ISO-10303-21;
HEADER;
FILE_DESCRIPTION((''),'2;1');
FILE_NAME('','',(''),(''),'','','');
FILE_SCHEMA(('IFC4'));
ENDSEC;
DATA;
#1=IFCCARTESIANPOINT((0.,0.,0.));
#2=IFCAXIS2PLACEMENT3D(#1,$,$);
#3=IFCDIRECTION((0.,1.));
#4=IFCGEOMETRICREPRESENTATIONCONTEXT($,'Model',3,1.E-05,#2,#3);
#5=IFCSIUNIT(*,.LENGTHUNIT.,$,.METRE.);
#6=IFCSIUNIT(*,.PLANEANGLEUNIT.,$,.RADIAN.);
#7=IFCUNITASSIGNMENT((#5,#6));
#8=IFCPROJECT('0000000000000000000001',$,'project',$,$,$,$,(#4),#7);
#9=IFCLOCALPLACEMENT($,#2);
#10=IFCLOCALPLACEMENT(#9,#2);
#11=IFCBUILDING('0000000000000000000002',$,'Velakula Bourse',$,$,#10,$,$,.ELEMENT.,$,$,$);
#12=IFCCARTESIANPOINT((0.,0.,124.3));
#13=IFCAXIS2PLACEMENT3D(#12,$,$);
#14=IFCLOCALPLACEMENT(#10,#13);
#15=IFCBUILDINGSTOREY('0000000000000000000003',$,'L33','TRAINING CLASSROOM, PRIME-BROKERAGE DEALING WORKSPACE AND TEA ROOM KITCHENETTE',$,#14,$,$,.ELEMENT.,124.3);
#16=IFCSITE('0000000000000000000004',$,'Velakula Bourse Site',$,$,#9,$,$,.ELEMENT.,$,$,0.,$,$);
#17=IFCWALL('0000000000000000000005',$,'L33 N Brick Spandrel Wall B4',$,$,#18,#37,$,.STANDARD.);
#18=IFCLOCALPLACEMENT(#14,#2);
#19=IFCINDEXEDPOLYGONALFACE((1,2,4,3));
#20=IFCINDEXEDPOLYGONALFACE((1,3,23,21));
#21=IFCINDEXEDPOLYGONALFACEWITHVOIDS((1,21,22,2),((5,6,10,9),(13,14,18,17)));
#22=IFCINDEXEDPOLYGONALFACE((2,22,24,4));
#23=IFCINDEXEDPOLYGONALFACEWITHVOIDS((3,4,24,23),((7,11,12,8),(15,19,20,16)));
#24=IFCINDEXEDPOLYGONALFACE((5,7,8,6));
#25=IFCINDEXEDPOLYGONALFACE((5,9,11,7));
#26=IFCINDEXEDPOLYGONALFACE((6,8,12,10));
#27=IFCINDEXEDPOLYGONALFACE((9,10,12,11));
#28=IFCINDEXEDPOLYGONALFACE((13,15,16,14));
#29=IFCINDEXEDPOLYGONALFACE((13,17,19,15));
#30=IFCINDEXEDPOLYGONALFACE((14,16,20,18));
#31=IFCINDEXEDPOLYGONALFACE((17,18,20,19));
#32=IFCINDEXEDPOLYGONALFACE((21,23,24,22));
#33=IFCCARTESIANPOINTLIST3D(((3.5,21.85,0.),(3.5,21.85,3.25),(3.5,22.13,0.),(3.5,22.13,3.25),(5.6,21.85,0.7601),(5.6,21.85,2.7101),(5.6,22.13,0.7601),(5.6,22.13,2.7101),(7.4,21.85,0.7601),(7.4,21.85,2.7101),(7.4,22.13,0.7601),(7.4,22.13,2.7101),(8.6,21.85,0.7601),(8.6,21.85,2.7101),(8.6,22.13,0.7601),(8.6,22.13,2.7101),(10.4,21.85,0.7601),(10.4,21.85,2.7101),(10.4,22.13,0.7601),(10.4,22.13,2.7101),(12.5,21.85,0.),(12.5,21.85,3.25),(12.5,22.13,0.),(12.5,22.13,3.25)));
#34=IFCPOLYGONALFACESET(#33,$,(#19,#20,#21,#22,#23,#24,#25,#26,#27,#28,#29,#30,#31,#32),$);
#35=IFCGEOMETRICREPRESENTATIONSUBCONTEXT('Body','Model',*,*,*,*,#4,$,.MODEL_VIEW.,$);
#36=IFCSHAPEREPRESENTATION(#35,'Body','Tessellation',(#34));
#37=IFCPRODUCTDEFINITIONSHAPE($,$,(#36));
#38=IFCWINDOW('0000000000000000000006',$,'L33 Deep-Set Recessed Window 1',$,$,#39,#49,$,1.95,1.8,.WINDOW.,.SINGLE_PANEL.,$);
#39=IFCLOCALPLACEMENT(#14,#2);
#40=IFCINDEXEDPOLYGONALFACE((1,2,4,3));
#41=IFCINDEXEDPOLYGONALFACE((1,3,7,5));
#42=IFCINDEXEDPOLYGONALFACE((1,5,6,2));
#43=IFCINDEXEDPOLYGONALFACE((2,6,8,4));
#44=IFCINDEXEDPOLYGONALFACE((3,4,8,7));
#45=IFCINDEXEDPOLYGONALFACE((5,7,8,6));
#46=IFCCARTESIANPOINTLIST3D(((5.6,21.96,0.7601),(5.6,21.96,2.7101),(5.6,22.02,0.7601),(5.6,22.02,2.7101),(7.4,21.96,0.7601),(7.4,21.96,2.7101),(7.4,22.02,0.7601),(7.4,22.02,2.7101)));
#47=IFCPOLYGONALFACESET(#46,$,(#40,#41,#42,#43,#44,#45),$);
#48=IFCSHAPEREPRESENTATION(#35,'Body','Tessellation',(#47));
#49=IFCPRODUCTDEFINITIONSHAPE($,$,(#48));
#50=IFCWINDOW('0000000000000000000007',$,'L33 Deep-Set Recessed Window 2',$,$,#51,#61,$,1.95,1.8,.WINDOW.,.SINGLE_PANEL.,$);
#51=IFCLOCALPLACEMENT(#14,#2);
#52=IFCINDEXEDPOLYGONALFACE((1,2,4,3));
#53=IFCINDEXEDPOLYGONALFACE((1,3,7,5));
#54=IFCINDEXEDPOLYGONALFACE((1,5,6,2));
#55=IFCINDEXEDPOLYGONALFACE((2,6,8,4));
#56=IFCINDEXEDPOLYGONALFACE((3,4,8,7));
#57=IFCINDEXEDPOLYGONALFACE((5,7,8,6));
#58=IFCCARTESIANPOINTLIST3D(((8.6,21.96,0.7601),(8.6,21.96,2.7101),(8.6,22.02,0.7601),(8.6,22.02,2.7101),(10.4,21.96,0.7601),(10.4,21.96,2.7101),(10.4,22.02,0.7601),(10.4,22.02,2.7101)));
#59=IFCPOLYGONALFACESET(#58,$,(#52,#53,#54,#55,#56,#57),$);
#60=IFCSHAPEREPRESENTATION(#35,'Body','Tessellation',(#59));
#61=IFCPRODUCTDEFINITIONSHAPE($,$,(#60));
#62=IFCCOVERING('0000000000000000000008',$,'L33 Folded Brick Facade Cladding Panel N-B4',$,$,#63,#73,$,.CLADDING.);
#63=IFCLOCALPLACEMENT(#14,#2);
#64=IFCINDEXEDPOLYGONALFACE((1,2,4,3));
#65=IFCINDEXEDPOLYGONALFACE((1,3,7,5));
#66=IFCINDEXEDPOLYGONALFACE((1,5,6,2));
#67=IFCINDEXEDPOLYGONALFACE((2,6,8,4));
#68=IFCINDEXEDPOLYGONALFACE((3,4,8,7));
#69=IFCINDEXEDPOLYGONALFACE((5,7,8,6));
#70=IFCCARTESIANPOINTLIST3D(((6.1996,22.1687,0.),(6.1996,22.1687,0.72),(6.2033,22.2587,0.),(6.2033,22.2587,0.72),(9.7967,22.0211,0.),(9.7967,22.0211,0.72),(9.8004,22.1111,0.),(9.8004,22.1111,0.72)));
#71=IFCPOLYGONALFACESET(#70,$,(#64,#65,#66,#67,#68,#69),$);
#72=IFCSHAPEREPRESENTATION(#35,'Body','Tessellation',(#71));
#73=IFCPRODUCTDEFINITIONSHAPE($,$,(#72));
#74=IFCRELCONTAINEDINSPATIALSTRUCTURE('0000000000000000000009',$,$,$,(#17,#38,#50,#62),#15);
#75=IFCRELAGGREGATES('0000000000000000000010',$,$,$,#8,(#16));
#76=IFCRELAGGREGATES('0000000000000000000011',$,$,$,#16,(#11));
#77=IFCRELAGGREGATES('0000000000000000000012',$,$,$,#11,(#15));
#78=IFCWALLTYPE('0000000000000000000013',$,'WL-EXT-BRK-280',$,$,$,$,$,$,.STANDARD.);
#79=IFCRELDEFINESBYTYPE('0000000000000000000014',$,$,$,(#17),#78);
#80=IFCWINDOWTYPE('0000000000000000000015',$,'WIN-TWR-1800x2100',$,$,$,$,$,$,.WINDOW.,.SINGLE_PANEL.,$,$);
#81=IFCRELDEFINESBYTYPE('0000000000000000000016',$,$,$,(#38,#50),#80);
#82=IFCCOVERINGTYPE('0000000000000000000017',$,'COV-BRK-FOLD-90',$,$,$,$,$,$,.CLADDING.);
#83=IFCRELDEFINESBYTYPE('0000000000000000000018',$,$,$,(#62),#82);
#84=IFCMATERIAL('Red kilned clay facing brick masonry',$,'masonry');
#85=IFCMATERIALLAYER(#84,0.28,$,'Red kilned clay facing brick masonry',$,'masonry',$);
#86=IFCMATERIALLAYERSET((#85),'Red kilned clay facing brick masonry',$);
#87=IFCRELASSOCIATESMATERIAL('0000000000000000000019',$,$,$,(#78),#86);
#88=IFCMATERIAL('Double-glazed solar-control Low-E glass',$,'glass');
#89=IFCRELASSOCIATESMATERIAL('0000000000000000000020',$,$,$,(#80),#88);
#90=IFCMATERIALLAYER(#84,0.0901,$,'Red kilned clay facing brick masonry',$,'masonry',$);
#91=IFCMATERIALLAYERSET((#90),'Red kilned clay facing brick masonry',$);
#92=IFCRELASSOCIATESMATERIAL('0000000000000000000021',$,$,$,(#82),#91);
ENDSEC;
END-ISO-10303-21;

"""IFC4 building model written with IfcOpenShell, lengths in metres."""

from ifc_helpers import new_model, si_unit, direction, frame, frame_2d, origin, origin_2d, place, context, subcontext, project, spatial, rectangle, extrude, material, layer, layer_set, type_object, element, fill, save


model = new_model("IFC4")

# Units and contexts
model_context = context("Model", 3, precision=1e-05, world=origin(), true_north=direction((0.0, 1.0)))
body_context = subcontext(model_context, "Body", "Model", "MODEL_VIEW")
ifc_project = project(units=[si_unit("LENGTHUNIT", "METRE"), si_unit("PLANEANGLEUNIT", "RADIAN")], contexts=[model_context])

# Site, building, storey
site_placement = place(None, origin())
site = spatial("IfcSite", under=ifc_project, at=site_placement, Name="Velakula Bourse Site", CompositionType="ELEMENT", RefElevation=0.0)
building_placement = place(site_placement, origin())
building = spatial("IfcBuilding", under=site, at=building_placement, Name="Velakula Bourse", CompositionType="ELEMENT")
storey_placement = place(building_placement, frame((0.0, 0.0, 124.3)))
storey = spatial("IfcBuildingStorey", under=building, at=storey_placement, Name="L33", Description="TRAINING CLASSROOM, PRIME-BROKERAGE DEALING WORKSPACE AND TEA ROOM KITCHENETTE", CompositionType="ELEMENT", Elevation=124.3)

# Wall, openings, windows
ifc_material_1 = material(Name="Red kilned clay facing brick masonry", Category="masonry")
ifc_layer_1 = layer(ifc_material_1, 0.28, Name="Red kilned clay facing brick masonry", Category="masonry")
ifc_layer_set_1 = layer_set([ifc_layer_1], Name="Red kilned clay facing brick masonry")
wall_type_1 = type_object("IfcWallType", Name="WL-EXT-BRK-280", PredefinedType="STANDARD", material=ifc_layer_set_1)
ifc_material_2 = material(Name="Double-glazed solar-control Low-E glass", Category="glass")
window_type = type_object("IfcWindowType", Name="WIN-TWR-1800x2100", PartitioningType="SINGLE_PANEL", PredefinedType="WINDOW", material=ifc_material_2)
wall_1_placement = place(storey_placement, frame((3.5, 21.99, 0.0), z_axis=(0.0, 0.0, 1.0), x_axis=(1.0, 0.0, 0.0)))
wall_1 = element("IfcWall", 1, at=wall_1_placement, inside=storey, type_object=wall_type_1, Name="L33 N Brick Spandrel Wall B4", PredefinedType="STANDARD", context=body_context, shape_type="SweptSolid", body=[
    extrude(rectangle(XDim=9.0, YDim=0.28, at=frame_2d((4.5, 0.0))), origin(), (0.0, 0.0, 1.0), 3.25),
])
opening_1_placement = place(wall_1_placement, frame((2.1001, 0.0, 0.76)))
opening_1 = element("IfcOpeningElement", 2, at=opening_1_placement, cuts=wall_1, PredefinedType="OPENING", context=body_context, shape_type="SweptSolid", body=[
    extrude(rectangle(XDim=1.8, YDim=1.95, at=frame_2d((0.8999, 0.9751))), frame((0.0, 0.1499, 0.0), z_axis=(0.0, -1.0, 0.0), x_axis=(1.0, 0.0, 0.0)), (0.0, 0.0, 1.0), 0.3),
])
opening_2_placement = place(wall_1_placement, frame((5.1001, 0.0, 0.76)))
opening_2 = element("IfcOpeningElement", 3, at=opening_2_placement, cuts=wall_1, PredefinedType="OPENING", context=body_context, shape_type="SweptSolid", body=[
    extrude(rectangle(XDim=1.8, YDim=1.95, at=frame_2d((0.8999, 0.9751))), frame((0.0, 0.1499, 0.0), z_axis=(0.0, -1.0, 0.0), x_axis=(1.0, 0.0, 0.0)), (0.0, 0.0, 1.0), 0.3),
])
window_1_placement = place(opening_1_placement, origin())
window_1 = element("IfcWindow", 4, at=window_1_placement, inside=storey, type_object=window_type, Name="L33 Deep-Set Recessed Window 1", OverallHeight=1.95, OverallWidth=1.8, PartitioningType="SINGLE_PANEL", PredefinedType="WINDOW", context=body_context, shape_type="SweptSolid", body=[
    extrude(rectangle(XDim=1.8, YDim=1.95, at=frame_2d((0.8999, 0.9751))), frame((0.0, 0.03, 0.0), z_axis=(0.0, -1.0, 0.0), x_axis=(1.0, 0.0, 0.0)), (0.0, 0.0, 1.0), 0.0601),
])
fill(opening_1, window_1)
window_2_placement = place(opening_2_placement, origin())
window_2 = element("IfcWindow", 5, at=window_2_placement, inside=storey, type_object=window_type, Name="L33 Deep-Set Recessed Window 2", OverallHeight=1.95, OverallWidth=1.8, PartitioningType="SINGLE_PANEL", PredefinedType="WINDOW", context=body_context, shape_type="SweptSolid", body=[
    extrude(rectangle(XDim=1.8, YDim=1.95, at=frame_2d((0.8999, 0.9751))), frame((0.0, 0.03, 0.0), z_axis=(0.0, -1.0, 0.0), x_axis=(1.0, 0.0, 0.0)), (0.0, 0.0, 1.0), 0.0601),
])
fill(opening_2, window_2)

# Covering
ifc_layer_2 = layer(ifc_material_1, 0.0901, Name="Red kilned clay facing brick masonry", Category="masonry")
ifc_layer_set_2 = layer_set([ifc_layer_2], Name="Red kilned clay facing brick masonry")
covering_type = type_object("IfcCoveringType", Name="COV-BRK-FOLD-90", PredefinedType="CLADDING", material=ifc_layer_set_2)
covering_placement = place(storey_placement, frame((8.0, 22.1399, 0.0), z_axis=(0.0, 0.0, 1.0), x_axis=(0.999159, -0.041004, 0.0)))
element("IfcCovering", 6, at=covering_placement, inside=storey, type_object=covering_type, Name="L33 Folded Brick Facade Cladding Panel N-B4", PredefinedType="CLADDING", context=body_context, shape_type="SweptSolid", body=[
    extrude(rectangle(XDim=3.6001, YDim=0.0901, at=origin_2d()), origin(), (0.0, 0.0, 1.0), 0.72),
])

save(model, "model.ifc")
